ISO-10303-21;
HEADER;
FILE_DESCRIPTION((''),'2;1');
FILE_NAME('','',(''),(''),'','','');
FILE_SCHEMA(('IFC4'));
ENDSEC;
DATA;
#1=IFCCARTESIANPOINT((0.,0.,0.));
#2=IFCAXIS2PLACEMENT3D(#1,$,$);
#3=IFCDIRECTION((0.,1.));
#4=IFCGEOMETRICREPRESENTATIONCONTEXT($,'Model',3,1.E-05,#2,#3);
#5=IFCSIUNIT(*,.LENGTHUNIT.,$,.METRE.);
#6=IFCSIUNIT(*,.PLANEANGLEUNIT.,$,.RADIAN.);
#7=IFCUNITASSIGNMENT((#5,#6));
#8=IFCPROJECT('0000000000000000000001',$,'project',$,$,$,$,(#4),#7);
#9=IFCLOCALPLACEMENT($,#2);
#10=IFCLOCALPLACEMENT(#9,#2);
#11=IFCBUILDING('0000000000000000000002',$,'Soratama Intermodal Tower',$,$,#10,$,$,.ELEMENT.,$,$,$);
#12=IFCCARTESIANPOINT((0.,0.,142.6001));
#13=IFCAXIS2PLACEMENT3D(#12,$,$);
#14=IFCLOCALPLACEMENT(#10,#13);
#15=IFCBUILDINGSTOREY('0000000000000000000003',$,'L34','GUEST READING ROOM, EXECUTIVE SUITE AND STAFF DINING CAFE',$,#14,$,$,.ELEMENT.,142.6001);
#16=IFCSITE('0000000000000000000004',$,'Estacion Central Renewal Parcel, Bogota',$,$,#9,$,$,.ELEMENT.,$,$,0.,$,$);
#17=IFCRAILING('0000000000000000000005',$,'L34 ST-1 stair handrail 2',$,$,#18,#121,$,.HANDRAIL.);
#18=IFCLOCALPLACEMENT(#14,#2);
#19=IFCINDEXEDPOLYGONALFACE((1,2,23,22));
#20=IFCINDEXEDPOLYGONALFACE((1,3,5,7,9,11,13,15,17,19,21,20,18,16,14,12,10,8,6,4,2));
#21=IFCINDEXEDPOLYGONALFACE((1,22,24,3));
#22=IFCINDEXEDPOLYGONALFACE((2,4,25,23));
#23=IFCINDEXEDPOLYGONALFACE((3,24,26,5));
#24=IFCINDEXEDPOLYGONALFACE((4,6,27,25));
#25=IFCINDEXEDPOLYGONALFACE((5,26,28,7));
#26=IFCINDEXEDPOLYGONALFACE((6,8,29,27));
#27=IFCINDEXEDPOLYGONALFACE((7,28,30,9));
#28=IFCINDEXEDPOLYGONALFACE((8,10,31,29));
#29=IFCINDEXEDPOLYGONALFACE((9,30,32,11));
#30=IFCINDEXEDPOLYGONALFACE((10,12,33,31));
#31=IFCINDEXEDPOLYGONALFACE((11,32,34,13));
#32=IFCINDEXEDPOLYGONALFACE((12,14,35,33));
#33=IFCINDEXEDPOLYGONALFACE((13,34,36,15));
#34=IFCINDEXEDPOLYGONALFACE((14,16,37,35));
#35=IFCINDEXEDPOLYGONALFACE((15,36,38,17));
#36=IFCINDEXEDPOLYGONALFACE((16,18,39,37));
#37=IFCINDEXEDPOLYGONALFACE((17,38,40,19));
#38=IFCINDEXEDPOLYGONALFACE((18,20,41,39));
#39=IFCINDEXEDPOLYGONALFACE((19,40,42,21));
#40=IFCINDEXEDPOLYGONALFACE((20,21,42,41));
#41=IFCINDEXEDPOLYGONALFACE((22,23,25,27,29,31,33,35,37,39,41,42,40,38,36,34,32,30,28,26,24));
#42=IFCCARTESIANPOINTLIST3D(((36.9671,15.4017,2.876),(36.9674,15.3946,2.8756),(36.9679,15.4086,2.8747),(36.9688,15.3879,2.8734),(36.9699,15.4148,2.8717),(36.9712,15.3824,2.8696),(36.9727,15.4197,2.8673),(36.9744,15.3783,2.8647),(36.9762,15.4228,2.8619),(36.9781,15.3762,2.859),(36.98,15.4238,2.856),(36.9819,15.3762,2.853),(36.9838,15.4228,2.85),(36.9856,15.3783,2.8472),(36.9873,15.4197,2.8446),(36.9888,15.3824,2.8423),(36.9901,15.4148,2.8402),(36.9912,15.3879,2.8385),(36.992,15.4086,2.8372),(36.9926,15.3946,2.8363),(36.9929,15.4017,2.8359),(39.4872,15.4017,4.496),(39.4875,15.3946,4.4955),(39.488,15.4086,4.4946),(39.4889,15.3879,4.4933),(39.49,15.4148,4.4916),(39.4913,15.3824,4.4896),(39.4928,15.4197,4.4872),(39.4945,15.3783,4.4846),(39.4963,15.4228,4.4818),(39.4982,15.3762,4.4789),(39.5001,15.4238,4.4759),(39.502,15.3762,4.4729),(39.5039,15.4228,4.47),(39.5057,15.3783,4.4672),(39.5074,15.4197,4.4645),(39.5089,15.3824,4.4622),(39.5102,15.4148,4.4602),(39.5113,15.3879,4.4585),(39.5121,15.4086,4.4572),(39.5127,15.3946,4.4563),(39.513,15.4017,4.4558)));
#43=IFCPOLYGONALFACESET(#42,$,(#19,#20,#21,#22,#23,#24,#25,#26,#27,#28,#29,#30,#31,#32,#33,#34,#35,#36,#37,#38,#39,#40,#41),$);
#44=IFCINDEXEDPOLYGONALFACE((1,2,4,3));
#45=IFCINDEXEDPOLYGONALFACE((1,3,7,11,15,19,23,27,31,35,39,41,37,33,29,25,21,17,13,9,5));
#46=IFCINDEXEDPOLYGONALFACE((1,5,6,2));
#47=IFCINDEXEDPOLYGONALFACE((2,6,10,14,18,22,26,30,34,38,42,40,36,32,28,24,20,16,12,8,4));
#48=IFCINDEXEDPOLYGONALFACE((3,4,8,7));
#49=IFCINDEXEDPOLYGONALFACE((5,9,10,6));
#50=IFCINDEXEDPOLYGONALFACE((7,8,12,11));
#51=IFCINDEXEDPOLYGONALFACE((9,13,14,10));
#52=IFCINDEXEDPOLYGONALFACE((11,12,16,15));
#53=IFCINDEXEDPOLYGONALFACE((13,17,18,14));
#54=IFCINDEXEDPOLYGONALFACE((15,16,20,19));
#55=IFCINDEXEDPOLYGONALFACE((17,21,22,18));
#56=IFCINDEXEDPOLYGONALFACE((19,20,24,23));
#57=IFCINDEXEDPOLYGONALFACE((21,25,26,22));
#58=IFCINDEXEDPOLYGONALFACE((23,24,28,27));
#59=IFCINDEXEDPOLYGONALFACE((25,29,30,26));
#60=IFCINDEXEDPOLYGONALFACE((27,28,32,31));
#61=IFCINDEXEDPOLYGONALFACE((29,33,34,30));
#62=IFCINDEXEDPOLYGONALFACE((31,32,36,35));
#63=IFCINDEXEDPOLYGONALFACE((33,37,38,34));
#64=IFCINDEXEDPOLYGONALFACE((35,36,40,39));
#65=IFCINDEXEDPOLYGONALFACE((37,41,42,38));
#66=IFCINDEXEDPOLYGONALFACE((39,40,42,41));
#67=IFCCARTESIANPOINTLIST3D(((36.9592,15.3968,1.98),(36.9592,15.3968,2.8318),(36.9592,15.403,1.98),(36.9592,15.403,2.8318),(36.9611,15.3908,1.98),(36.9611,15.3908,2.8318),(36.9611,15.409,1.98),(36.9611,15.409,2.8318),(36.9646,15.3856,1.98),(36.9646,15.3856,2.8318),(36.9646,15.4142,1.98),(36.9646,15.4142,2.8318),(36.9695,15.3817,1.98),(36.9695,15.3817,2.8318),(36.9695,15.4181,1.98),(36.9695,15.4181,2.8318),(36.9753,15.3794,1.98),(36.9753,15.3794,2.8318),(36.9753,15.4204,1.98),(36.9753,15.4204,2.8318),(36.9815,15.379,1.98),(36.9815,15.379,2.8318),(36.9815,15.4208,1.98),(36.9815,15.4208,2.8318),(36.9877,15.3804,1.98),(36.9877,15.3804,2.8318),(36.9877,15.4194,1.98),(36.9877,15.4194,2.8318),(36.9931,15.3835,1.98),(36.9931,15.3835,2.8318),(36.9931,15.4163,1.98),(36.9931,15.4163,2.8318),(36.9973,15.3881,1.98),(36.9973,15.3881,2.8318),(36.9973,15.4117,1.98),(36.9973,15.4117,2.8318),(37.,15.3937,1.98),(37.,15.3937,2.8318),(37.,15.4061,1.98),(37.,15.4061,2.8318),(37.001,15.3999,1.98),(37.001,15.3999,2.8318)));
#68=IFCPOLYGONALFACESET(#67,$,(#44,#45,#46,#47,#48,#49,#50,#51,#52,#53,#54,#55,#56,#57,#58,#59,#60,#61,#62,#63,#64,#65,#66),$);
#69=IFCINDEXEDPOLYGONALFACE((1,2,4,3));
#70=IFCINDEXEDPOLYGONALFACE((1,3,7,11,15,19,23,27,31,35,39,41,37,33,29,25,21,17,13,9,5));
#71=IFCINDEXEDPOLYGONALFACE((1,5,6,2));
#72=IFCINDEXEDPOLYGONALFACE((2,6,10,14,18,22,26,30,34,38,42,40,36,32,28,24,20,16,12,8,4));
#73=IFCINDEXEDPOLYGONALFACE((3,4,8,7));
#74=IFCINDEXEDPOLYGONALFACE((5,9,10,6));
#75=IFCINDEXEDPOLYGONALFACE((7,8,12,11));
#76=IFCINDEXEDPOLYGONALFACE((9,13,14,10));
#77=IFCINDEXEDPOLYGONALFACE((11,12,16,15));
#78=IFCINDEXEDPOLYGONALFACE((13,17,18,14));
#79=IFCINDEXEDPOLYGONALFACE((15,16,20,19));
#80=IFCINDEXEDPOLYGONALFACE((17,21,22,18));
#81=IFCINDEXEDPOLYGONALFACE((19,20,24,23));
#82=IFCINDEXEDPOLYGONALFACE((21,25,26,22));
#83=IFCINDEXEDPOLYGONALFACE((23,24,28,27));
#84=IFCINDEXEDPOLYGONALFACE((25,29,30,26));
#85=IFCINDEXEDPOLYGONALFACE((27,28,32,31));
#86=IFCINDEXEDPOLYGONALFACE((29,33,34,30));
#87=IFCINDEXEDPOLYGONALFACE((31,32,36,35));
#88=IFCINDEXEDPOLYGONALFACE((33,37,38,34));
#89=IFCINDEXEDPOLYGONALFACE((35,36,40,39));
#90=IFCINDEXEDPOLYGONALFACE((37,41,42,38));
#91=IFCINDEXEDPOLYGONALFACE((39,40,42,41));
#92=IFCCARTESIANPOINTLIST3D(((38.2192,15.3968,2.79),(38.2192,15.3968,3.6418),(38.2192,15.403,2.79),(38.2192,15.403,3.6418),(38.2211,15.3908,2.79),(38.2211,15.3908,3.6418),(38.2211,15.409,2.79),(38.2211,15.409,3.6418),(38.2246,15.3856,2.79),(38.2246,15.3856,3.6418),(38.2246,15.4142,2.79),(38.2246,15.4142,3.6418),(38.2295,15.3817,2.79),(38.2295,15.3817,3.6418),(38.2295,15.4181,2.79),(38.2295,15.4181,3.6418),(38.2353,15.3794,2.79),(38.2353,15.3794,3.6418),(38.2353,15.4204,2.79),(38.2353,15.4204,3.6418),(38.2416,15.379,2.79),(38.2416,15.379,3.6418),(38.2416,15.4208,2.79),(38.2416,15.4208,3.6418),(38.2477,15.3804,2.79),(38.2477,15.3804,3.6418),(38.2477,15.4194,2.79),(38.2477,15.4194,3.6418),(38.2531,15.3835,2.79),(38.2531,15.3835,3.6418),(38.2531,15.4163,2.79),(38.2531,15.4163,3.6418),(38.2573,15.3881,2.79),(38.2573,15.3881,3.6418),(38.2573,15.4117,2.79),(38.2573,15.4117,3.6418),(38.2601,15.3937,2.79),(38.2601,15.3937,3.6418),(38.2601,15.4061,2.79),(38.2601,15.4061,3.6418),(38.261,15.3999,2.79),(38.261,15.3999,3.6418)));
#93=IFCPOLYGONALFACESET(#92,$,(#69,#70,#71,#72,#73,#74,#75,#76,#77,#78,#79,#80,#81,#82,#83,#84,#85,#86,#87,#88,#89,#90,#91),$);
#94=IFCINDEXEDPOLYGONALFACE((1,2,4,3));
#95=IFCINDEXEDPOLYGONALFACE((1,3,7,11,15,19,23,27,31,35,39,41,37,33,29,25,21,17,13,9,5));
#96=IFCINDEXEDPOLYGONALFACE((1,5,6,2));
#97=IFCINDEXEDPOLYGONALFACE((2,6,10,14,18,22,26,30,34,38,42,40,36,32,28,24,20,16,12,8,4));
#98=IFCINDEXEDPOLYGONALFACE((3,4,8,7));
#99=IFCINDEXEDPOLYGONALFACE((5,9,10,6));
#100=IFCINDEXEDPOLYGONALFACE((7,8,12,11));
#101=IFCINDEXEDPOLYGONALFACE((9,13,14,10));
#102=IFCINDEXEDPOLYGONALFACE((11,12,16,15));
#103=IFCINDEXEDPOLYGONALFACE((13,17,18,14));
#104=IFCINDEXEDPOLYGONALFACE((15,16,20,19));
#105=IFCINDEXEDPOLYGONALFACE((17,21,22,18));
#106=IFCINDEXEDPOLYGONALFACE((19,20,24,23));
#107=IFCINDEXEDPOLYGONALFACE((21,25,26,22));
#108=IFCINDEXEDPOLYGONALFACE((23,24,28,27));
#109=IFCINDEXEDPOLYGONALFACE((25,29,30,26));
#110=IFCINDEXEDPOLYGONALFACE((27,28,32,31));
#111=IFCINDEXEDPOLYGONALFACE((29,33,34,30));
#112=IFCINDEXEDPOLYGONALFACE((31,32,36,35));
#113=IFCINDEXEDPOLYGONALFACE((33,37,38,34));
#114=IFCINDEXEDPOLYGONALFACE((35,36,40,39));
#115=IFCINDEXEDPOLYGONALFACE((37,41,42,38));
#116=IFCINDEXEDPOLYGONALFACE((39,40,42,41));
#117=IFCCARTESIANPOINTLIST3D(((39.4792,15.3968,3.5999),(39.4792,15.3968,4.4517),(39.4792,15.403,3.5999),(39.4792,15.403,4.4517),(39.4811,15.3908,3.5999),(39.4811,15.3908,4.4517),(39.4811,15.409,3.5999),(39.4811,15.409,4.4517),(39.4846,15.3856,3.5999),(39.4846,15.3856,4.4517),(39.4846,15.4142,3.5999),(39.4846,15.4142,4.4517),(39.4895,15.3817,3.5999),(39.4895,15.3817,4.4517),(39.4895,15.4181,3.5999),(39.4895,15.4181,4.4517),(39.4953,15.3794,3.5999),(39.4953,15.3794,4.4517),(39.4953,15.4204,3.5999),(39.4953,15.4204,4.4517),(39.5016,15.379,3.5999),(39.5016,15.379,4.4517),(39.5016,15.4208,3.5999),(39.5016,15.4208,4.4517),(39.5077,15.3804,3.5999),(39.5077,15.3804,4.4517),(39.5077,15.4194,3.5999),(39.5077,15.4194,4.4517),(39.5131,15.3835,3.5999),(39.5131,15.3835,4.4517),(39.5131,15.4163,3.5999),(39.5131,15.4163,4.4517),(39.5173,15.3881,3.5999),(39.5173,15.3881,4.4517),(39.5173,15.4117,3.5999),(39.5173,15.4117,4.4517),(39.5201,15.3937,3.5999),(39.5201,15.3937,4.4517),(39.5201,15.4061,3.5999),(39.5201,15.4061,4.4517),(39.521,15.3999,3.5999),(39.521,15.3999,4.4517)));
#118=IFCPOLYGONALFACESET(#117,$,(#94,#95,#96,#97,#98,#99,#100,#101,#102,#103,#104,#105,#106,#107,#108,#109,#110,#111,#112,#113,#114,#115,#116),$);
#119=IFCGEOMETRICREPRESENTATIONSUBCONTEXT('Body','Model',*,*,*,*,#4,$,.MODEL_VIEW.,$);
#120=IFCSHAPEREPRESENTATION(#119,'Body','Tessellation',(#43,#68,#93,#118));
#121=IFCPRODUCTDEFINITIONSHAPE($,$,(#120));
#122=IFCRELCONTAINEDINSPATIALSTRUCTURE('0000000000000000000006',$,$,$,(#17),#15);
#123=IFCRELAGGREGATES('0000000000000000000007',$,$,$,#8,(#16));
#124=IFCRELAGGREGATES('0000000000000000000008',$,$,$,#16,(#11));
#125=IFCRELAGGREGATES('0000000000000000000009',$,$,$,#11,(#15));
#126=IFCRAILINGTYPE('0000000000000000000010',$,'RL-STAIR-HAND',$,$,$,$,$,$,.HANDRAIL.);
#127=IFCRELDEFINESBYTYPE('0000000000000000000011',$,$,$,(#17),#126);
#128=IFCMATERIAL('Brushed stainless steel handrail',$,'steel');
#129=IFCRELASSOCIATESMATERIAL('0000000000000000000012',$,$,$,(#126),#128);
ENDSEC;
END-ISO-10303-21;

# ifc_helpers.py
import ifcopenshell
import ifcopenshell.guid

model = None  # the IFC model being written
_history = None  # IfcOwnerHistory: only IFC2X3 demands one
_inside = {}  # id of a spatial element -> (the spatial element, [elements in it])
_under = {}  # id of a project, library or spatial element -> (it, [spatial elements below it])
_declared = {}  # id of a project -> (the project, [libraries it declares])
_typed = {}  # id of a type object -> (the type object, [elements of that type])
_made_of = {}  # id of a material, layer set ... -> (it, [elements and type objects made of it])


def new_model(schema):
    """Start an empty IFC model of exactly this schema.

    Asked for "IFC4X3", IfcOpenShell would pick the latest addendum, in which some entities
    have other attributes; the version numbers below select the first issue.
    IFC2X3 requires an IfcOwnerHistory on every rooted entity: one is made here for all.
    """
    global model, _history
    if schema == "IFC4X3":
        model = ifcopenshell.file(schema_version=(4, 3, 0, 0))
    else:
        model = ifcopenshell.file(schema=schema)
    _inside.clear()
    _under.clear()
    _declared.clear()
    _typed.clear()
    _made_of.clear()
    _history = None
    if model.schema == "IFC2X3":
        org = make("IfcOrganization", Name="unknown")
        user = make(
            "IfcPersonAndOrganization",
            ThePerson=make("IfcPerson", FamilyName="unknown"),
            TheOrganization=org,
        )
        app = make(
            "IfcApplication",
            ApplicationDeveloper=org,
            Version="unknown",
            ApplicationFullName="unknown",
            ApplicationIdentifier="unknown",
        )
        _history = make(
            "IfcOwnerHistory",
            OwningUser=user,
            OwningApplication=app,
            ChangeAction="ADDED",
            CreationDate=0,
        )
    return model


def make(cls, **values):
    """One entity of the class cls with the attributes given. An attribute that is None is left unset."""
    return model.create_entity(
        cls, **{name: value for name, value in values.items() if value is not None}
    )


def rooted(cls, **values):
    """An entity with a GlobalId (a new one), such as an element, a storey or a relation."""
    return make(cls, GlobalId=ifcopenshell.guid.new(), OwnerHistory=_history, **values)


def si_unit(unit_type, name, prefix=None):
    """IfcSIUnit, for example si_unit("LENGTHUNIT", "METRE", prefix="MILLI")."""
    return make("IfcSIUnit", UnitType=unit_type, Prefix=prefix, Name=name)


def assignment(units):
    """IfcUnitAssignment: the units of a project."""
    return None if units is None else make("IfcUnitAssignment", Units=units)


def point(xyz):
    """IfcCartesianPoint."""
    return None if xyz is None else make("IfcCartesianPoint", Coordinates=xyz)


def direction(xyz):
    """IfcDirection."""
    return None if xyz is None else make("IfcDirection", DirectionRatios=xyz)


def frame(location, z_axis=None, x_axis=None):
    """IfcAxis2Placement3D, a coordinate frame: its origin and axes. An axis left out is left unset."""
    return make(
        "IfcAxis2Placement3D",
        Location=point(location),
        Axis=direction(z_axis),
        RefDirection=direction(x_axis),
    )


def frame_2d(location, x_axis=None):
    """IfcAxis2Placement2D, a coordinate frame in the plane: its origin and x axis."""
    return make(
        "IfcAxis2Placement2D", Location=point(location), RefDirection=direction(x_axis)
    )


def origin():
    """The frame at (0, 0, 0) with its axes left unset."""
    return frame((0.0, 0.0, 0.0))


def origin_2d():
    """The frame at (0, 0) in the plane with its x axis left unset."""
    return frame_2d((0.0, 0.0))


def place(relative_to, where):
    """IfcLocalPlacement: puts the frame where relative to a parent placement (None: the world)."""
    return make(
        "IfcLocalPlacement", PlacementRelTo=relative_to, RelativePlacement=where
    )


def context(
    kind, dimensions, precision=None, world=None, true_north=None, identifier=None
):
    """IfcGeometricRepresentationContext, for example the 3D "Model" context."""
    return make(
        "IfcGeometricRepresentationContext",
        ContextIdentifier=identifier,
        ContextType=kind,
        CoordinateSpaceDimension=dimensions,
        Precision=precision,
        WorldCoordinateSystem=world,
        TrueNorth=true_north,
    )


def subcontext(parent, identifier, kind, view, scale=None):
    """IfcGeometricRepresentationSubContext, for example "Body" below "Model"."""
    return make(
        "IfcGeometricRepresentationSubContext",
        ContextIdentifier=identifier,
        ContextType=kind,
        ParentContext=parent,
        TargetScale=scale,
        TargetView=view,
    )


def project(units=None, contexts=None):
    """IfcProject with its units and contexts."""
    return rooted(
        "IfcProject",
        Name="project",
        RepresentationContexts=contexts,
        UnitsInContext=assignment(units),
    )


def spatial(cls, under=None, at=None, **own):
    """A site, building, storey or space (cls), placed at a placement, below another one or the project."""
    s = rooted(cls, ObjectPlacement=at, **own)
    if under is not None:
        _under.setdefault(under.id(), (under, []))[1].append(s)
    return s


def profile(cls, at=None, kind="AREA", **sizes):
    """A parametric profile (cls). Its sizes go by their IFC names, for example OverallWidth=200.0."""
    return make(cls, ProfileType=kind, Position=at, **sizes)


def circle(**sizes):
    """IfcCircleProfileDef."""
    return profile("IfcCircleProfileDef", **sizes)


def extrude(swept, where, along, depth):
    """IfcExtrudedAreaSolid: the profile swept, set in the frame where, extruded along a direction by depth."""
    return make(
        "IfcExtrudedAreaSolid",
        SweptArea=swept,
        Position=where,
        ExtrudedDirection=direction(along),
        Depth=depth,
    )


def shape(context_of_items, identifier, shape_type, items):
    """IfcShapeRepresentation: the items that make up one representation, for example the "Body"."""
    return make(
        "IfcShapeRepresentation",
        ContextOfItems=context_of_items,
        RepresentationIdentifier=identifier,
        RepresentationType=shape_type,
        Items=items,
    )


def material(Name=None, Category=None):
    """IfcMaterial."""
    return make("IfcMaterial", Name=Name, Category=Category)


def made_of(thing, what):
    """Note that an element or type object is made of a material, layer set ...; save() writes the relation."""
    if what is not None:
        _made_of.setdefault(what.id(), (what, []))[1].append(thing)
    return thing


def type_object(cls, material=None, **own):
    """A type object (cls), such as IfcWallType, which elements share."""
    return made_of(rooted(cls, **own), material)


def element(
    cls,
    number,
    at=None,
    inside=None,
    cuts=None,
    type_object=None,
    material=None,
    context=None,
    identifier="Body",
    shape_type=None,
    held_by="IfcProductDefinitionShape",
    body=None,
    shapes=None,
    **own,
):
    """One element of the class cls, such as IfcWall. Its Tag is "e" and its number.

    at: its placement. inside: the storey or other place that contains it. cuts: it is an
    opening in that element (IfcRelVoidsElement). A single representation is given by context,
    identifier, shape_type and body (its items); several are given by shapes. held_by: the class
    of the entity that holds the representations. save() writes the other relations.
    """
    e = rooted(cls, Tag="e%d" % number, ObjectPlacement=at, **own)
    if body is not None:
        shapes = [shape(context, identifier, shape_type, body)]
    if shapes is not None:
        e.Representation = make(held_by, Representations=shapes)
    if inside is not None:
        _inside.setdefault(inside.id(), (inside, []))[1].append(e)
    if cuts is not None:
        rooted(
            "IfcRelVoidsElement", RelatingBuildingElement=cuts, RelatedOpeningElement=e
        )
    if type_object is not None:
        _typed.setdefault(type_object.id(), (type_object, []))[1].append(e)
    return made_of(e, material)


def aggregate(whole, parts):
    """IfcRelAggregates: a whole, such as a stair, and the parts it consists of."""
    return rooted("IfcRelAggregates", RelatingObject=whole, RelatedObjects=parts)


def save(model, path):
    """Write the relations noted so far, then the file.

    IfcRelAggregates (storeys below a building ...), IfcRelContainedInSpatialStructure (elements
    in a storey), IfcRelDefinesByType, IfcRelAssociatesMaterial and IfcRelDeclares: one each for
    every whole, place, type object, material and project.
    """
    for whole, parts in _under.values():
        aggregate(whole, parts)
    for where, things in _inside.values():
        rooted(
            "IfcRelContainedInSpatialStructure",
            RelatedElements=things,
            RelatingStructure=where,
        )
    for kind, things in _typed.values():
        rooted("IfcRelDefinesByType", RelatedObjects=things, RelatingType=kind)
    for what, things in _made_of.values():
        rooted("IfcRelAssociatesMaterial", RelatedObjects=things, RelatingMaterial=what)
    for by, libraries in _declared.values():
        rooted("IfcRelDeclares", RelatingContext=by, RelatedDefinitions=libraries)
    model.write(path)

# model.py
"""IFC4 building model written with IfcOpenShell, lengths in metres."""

from ifc_helpers import new_model, si_unit, direction, frame, origin, origin_2d, place, context, subcontext, project, spatial, circle, extrude, material, type_object, element, save


model = new_model("IFC4")

# Units and contexts
model_context = context("Model", 3, precision=1e-05, world=origin(), true_north=direction((0.0, 1.0)))
body_context = subcontext(model_context, "Body", "Model", "MODEL_VIEW")
ifc_project = project(units=[si_unit("LENGTHUNIT", "METRE"), si_unit("PLANEANGLEUNIT", "RADIAN")], contexts=[model_context])

# Site, building, storey
site_placement = place(None, origin())
site = spatial("IfcSite", under=ifc_project, at=site_placement, Name="Estacion Central Renewal Parcel, Bogota", CompositionType="ELEMENT", RefElevation=0.0)
building_placement = place(site_placement, origin())
building = spatial("IfcBuilding", under=site, at=building_placement, Name="Soratama Intermodal Tower", CompositionType="ELEMENT")
storey_placement = place(building_placement, frame((0.0, 0.0, 142.6001)))
storey = spatial("IfcBuildingStorey", under=building, at=storey_placement, Name="L34", Description="GUEST READING ROOM, EXECUTIVE SUITE AND STAFF DINING CAFE", CompositionType="ELEMENT", Elevation=142.6001)

# Railing
ifc_material_1 = material(Name="Brushed stainless steel handrail", Category="steel")
railing_type_1 = type_object("IfcRailingType", Name="RL-STAIR-HAND", PredefinedType="HANDRAIL", material=ifc_material_1)
railing_1_placement = place(storey_placement, frame((36.98, 15.3999, 1.98)))
element("IfcRailing", 1, at=railing_1_placement, inside=storey, type_object=railing_type_1, Name="L34 ST-1 stair handrail 2", PredefinedType="HANDRAIL", context=body_context, shape_type="SweptSolid", body=[
    extrude(circle(Radius=0.0239, at=origin_2d()), frame((0.0, 0.0, 0.876), z_axis=(0.8412, 0.0, 0.540725), x_axis=(0.0, 1.0, 0.0)), (0.0, 0.0, 1.0), 2.9958),
    extrude(circle(Radius=0.021, at=origin_2d()), origin(), (0.0, 0.0, 1.0), 0.8518),
    extrude(circle(Radius=0.021, at=origin_2d()), frame((1.26, 0.0, 0.8101)), (0.0, 0.0, 1.0), 0.8518),
    extrude(circle(Radius=0.021, at=origin_2d()), frame((2.52, 0.0, 1.6199)), (0.0, 0.0, 1.0), 0.8518),
])

save(model, "model.ifc")
